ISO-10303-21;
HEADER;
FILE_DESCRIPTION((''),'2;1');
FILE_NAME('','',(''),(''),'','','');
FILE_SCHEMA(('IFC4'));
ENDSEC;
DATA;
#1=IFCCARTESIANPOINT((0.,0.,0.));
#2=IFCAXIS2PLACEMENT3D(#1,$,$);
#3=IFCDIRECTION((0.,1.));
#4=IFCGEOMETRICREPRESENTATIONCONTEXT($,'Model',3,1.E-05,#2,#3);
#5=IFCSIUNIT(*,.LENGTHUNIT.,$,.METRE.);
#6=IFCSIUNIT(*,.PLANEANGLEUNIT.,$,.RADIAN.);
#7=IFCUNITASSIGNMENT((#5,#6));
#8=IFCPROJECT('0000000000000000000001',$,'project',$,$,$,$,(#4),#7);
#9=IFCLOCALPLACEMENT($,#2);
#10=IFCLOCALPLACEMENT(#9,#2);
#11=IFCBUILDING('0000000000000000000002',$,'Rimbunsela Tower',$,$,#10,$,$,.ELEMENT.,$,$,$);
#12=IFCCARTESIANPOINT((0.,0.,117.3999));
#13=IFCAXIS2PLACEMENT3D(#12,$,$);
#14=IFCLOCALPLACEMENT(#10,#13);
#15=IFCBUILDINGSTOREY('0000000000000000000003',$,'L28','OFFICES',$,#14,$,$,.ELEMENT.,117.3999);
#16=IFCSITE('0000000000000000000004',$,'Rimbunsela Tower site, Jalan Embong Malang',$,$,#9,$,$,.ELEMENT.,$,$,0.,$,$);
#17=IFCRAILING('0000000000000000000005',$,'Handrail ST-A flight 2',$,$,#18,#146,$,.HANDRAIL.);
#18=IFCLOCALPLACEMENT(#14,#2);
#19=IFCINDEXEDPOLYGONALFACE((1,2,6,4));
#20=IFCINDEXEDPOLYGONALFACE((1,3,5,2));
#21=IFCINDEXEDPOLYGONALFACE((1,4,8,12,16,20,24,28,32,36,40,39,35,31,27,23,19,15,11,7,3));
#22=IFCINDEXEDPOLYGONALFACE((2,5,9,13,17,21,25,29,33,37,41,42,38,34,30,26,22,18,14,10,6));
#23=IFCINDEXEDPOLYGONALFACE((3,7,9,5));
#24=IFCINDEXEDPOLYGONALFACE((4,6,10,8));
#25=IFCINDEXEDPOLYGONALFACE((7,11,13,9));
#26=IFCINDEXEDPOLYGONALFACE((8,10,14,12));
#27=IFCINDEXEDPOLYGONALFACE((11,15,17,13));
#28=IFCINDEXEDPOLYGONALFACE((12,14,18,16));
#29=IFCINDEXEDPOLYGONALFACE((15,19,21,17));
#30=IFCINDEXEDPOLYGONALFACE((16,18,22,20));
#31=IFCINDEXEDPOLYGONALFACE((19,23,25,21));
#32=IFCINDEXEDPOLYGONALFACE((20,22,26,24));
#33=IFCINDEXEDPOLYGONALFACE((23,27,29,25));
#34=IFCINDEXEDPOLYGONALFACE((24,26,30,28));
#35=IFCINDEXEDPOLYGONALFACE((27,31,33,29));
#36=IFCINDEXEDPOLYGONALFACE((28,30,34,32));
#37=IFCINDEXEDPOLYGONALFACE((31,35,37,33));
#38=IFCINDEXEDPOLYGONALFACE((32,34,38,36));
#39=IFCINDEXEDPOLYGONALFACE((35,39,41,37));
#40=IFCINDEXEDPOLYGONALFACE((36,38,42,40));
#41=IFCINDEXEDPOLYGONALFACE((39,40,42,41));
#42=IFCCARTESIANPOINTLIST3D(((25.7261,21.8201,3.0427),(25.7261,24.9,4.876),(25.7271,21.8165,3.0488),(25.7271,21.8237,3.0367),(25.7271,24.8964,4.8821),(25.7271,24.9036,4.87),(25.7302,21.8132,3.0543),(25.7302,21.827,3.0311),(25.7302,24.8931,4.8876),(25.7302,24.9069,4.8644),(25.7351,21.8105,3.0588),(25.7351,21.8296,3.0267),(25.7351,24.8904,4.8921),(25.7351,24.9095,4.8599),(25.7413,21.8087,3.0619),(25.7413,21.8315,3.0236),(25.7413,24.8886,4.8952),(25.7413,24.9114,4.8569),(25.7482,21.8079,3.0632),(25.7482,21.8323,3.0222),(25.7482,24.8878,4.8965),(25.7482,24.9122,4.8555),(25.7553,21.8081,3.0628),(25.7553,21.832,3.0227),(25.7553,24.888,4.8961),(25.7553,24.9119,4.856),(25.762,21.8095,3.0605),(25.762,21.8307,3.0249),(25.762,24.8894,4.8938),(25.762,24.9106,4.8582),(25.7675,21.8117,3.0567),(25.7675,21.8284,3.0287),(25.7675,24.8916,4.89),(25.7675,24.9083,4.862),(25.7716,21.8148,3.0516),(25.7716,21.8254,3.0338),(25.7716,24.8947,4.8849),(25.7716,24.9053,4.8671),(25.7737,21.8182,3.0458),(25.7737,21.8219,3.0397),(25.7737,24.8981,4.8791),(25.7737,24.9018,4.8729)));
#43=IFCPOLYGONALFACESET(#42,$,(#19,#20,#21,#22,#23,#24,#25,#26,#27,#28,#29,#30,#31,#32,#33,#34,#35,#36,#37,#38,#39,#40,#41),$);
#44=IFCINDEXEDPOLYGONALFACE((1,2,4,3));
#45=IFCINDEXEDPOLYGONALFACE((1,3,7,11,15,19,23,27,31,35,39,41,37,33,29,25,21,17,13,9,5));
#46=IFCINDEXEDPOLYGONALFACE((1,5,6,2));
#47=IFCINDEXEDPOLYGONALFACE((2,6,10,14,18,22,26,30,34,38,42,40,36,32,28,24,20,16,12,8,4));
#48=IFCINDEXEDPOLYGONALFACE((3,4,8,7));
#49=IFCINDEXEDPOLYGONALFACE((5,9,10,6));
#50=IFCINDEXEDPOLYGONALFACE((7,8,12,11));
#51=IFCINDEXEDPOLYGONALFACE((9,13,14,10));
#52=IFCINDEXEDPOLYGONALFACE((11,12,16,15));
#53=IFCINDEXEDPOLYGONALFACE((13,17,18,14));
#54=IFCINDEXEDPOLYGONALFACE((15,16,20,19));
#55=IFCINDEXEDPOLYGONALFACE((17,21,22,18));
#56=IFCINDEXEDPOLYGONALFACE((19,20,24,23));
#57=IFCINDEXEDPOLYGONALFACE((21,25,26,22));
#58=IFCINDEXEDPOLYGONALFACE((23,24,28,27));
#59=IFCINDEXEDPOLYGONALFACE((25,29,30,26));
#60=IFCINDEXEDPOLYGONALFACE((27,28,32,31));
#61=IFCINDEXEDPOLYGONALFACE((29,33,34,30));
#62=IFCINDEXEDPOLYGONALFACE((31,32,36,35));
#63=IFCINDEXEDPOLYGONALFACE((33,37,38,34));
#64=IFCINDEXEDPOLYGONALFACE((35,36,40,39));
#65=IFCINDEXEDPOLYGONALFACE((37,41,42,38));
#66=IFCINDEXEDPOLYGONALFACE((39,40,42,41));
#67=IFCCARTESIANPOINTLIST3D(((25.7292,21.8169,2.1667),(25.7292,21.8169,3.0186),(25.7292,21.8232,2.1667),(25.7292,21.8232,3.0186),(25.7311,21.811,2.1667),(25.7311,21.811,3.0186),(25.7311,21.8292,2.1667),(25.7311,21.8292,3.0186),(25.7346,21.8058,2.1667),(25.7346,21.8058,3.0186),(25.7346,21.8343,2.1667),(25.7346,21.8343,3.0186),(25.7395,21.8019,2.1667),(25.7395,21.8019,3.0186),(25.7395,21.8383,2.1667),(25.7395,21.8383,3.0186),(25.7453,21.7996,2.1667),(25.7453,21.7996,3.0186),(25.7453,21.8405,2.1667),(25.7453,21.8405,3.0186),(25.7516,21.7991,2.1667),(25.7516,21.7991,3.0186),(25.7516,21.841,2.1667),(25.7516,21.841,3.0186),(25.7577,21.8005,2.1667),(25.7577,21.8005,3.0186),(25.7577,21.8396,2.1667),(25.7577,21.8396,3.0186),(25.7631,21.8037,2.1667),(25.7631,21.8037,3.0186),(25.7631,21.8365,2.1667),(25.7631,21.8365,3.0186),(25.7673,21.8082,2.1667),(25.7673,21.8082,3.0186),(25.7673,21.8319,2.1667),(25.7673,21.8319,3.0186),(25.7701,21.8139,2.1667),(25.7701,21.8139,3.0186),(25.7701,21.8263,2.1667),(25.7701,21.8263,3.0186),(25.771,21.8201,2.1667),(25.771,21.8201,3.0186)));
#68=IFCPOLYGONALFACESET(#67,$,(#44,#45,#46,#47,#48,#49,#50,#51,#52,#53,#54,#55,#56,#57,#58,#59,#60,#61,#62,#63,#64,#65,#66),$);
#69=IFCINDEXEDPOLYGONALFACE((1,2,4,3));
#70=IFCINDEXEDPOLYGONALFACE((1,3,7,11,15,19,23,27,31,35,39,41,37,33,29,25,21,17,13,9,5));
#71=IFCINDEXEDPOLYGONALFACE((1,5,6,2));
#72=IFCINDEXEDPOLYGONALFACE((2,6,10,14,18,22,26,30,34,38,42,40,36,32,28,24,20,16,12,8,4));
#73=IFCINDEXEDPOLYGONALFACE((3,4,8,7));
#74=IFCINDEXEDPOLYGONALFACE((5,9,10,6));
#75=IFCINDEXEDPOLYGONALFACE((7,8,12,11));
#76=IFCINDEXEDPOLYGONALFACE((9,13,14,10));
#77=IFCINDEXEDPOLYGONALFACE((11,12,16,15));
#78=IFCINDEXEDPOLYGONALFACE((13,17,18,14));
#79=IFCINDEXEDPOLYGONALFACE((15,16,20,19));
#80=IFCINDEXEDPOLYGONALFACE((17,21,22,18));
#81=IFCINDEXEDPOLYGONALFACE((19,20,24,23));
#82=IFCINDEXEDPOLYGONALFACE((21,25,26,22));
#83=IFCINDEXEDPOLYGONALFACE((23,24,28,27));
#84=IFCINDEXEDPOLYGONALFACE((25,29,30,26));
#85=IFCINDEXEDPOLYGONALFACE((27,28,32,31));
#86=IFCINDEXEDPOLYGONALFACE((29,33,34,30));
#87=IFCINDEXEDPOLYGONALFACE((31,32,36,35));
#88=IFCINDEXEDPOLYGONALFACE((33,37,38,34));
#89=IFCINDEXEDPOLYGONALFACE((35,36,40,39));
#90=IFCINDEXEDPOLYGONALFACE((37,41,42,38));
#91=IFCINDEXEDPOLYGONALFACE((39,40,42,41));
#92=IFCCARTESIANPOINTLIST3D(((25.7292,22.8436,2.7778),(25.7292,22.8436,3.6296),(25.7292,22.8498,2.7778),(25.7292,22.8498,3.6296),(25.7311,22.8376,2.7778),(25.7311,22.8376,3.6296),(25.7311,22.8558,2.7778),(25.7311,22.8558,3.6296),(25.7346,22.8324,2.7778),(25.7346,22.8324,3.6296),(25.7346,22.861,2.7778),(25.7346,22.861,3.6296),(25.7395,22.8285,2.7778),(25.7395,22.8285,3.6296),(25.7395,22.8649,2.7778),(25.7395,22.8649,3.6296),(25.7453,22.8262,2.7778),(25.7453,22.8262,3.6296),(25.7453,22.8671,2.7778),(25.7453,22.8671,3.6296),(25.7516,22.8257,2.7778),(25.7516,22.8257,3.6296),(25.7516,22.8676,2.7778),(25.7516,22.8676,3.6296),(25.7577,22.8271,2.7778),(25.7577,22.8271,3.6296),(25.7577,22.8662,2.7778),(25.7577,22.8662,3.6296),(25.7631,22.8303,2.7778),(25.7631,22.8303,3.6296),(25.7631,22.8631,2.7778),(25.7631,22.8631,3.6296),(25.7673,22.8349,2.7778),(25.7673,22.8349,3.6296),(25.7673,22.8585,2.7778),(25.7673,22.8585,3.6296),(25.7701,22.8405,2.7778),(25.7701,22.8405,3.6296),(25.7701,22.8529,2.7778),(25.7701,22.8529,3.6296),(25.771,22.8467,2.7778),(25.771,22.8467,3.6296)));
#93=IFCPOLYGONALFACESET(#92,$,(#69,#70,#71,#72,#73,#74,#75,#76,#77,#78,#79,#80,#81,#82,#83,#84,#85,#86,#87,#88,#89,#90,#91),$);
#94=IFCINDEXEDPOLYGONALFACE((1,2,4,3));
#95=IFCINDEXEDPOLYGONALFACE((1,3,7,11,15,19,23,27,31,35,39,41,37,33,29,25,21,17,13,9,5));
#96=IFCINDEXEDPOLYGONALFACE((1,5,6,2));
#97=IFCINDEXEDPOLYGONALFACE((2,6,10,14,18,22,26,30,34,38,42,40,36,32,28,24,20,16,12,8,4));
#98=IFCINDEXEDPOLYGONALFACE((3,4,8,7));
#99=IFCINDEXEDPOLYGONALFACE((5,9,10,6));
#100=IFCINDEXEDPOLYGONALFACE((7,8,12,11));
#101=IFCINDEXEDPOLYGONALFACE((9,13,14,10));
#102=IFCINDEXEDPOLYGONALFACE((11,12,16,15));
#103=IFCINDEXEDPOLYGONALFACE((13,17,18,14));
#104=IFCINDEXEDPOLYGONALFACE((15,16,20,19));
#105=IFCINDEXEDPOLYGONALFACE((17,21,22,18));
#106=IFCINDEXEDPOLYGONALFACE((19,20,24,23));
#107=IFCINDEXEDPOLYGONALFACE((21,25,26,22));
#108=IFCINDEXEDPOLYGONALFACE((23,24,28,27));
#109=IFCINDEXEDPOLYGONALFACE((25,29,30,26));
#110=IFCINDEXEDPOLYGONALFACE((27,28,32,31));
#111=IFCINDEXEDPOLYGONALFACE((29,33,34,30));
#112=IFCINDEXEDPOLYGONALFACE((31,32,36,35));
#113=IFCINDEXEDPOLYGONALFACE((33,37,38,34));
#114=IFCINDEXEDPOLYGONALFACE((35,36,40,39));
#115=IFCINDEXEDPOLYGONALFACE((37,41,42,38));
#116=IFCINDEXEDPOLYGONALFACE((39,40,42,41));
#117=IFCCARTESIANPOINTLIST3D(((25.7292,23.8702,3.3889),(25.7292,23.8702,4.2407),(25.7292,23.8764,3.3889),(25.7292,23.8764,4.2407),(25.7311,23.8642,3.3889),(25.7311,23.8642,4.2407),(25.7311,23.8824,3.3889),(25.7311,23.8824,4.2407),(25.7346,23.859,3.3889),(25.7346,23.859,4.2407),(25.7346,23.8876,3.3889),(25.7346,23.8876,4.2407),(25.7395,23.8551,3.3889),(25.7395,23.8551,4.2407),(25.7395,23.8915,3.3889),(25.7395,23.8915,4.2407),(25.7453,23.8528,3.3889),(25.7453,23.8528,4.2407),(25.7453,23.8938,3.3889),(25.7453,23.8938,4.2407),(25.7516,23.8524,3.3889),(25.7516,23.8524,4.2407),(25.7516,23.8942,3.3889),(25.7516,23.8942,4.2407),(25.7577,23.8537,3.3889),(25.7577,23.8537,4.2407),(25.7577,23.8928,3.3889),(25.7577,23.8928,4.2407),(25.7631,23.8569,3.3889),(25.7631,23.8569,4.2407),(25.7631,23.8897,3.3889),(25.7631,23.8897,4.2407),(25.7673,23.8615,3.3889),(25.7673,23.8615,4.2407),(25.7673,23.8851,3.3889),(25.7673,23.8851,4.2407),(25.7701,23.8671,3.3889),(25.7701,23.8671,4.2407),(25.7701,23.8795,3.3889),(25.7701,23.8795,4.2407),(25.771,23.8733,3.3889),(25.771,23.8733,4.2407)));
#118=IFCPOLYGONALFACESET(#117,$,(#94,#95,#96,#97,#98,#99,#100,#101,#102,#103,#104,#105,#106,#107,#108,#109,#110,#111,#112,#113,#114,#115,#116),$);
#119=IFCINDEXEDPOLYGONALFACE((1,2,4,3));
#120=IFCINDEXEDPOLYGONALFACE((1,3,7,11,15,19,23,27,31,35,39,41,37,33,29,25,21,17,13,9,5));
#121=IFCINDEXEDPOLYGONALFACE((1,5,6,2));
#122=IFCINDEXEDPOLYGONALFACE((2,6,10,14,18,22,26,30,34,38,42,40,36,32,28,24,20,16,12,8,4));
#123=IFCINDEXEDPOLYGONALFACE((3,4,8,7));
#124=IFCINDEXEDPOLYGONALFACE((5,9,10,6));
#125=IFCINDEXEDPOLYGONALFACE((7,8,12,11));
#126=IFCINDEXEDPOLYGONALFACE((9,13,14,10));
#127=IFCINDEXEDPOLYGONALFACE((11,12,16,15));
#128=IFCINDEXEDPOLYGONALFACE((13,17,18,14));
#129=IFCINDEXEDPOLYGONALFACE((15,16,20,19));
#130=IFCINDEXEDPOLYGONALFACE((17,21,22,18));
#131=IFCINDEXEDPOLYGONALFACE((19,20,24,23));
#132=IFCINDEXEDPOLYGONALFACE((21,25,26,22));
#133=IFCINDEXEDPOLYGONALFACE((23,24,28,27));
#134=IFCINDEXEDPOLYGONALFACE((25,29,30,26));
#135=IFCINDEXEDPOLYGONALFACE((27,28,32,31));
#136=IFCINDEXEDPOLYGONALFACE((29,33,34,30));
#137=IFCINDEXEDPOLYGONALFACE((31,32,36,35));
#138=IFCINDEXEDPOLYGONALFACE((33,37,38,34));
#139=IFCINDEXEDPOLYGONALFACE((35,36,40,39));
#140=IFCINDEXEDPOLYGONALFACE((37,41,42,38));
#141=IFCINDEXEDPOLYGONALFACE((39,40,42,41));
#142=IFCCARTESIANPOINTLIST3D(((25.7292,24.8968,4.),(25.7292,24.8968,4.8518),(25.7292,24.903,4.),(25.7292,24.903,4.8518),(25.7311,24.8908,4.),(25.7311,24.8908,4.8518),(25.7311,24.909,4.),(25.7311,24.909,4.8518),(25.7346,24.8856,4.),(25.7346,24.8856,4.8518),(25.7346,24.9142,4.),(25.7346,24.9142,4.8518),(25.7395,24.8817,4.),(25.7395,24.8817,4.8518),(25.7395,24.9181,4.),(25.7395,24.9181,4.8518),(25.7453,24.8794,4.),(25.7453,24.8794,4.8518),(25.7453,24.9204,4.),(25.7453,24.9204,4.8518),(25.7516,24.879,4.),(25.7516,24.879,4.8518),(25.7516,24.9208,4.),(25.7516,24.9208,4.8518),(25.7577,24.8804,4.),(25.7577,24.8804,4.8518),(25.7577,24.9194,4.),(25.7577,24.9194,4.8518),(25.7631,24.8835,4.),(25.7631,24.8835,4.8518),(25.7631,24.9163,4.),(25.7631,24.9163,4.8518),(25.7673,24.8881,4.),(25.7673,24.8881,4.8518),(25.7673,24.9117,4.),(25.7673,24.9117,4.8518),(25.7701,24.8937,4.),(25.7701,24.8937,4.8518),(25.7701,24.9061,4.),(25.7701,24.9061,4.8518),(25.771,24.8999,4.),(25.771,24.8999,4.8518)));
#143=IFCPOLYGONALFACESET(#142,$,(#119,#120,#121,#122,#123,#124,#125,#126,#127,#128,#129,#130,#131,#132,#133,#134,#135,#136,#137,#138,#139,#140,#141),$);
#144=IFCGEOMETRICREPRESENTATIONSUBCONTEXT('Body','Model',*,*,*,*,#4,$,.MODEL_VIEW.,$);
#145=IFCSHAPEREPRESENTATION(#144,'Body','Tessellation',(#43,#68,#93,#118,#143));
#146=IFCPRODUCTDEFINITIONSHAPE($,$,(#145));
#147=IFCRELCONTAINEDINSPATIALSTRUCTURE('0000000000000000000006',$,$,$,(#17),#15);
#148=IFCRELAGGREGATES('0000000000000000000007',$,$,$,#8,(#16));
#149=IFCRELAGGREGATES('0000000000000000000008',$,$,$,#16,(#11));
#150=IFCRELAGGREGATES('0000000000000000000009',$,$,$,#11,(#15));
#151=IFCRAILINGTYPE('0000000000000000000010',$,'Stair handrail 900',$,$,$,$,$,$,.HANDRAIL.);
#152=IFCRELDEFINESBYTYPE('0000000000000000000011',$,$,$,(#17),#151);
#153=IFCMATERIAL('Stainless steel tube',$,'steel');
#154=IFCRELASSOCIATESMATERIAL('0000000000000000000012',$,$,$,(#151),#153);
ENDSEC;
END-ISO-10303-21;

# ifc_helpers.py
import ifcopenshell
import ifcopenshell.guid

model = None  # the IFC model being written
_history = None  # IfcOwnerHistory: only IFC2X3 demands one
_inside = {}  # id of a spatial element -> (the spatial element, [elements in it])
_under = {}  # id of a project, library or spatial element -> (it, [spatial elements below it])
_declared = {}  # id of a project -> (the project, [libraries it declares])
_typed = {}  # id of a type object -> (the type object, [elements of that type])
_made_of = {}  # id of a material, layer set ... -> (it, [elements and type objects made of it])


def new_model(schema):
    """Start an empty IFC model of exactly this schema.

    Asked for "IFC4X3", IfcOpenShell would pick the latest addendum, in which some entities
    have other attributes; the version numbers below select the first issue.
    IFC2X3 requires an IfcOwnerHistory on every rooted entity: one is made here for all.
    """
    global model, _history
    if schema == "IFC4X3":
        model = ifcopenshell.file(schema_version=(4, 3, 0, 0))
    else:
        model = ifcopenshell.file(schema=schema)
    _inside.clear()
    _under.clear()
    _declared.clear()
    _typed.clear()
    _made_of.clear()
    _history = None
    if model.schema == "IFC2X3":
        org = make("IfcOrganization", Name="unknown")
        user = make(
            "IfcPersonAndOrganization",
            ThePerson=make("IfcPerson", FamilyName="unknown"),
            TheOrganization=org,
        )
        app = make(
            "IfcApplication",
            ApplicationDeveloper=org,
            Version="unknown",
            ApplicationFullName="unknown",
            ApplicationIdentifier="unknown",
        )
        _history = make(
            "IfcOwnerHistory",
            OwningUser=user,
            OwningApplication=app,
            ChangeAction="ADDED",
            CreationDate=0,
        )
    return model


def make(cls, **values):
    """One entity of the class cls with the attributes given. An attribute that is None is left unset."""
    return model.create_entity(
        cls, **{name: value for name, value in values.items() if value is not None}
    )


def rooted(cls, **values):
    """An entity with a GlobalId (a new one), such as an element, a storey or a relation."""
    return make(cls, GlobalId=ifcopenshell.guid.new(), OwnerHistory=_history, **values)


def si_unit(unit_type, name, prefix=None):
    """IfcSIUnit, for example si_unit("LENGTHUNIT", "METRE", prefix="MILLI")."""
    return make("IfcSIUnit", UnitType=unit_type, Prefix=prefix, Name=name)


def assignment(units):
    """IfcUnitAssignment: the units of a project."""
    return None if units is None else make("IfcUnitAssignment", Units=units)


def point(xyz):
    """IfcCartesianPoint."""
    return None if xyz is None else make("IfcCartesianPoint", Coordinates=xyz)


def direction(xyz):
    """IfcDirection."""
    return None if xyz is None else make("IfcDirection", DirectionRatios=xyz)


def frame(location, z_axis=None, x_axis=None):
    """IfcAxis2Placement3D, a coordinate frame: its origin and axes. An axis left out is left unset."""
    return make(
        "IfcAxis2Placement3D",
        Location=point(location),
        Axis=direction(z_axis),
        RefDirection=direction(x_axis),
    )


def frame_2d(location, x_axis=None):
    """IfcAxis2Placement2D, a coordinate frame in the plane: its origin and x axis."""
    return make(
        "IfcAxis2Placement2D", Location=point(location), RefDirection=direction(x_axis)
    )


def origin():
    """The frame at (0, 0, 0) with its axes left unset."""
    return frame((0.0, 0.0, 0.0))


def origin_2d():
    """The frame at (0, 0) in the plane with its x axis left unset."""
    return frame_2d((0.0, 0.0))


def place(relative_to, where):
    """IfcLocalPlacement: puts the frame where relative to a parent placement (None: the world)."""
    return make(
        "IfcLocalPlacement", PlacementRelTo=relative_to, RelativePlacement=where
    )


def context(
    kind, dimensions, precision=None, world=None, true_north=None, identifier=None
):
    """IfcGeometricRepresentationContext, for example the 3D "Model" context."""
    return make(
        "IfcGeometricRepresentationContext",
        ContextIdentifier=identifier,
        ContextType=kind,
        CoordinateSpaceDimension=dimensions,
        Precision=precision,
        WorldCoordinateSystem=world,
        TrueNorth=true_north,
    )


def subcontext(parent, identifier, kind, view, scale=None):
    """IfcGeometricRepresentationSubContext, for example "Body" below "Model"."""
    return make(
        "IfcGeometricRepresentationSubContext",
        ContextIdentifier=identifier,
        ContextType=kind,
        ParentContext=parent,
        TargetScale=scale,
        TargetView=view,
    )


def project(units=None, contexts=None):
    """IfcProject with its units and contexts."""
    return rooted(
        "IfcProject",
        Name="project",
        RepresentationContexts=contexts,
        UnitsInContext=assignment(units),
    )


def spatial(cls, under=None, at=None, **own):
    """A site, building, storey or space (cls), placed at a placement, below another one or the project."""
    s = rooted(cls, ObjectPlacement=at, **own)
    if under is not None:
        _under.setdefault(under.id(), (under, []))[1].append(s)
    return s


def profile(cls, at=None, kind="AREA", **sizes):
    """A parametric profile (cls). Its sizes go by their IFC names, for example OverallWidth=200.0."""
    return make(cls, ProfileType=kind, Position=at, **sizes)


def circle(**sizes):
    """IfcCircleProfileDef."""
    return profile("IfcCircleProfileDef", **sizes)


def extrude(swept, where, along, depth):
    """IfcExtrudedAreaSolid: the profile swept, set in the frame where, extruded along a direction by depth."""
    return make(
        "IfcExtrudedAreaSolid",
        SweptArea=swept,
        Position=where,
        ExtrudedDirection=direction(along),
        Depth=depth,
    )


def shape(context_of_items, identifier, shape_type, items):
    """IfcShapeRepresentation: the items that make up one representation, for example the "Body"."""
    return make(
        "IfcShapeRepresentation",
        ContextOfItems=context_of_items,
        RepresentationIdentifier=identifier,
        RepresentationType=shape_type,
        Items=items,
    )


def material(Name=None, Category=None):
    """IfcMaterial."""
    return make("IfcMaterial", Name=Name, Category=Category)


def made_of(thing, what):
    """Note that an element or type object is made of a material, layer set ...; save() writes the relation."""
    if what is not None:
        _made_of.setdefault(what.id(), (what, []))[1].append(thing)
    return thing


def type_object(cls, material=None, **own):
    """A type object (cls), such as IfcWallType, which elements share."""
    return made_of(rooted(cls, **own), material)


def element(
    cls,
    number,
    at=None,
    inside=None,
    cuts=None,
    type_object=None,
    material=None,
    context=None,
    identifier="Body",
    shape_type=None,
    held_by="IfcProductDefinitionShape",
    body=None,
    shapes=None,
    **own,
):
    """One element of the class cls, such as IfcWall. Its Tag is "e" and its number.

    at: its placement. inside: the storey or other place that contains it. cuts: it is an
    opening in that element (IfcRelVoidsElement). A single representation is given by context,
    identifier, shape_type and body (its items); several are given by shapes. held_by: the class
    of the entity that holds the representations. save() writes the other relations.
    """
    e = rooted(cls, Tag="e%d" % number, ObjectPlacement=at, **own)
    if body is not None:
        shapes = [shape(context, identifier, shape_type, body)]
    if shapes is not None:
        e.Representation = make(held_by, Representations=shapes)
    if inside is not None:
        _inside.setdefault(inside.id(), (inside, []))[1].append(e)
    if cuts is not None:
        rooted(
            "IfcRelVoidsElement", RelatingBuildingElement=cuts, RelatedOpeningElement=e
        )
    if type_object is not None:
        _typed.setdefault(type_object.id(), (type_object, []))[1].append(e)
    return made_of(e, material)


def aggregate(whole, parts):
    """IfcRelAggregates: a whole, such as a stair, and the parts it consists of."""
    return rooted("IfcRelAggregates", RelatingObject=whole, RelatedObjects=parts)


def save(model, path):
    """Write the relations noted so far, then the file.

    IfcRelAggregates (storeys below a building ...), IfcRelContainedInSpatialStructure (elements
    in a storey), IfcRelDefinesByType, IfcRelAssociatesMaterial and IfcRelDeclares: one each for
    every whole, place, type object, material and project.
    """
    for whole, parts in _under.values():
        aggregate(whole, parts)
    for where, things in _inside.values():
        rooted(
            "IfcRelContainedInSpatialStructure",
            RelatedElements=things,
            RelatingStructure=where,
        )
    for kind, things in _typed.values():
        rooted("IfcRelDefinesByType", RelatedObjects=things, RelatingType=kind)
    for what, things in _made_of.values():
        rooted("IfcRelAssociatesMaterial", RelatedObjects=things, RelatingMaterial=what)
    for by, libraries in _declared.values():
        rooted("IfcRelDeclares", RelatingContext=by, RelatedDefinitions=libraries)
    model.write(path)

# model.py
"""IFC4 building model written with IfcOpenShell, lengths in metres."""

from ifc_helpers import new_model, si_unit, direction, frame, origin, origin_2d, place, context, subcontext, project, spatial, circle, extrude, material, type_object, element, save


model = new_model("IFC4")

# Units and contexts
model_context = context("Model", 3, precision=1e-05, world=origin(), true_north=direction((0.0, 1.0)))
body_context = subcontext(model_context, "Body", "Model", "MODEL_VIEW")
ifc_project = project(units=[si_unit("LENGTHUNIT", "METRE"), si_unit("PLANEANGLEUNIT", "RADIAN")], contexts=[model_context])

# Site, building, storey
site_placement = place(None, origin())
site = spatial("IfcSite", under=ifc_project, at=site_placement, Name="Rimbunsela Tower site, Jalan Embong Malang", CompositionType="ELEMENT", RefElevation=0.0)
building_placement = place(site_placement, origin())
building = spatial("IfcBuilding", under=site, at=building_placement, Name="Rimbunsela Tower", CompositionType="ELEMENT")
storey_placement = place(building_placement, frame((0.0, 0.0, 117.3999)))
storey = spatial("IfcBuildingStorey", under=building, at=storey_placement, Name="L28", Description="OFFICES", CompositionType="ELEMENT", Elevation=117.3999)

# Railing
ifc_material_1 = material(Name="Stainless steel tube", Category="steel")
railing_type = type_object("IfcRailingType", Name="Stair handrail 900", PredefinedType="HANDRAIL", material=ifc_material_1)
railing_1_placement = place(storey_placement, frame((25.75, 21.8201, 2.1667)))
element("IfcRailing", 1, at=railing_1_placement, inside=storey, type_object=railing_type, Name="Handrail ST-A flight 2", PredefinedType="HANDRAIL", context=body_context, shape_type="SweptSolid", body=[
    extrude(circle(Radius=0.0239, at=origin_2d()), frame((0.0, 0.0, 0.876), z_axis=(0.0, 0.859291, 0.511487), x_axis=(-1.0, 0.0, 0.0)), (0.0, 0.0, 1.0), 3.5842),
    extrude(circle(Radius=0.021, at=origin_2d()), origin(), (0.0, 0.0, 1.0), 0.8518),
    extrude(circle(Radius=0.021, at=origin_2d()), frame((0.0, 1.0266, 0.6111)), (0.0, 0.0, 1.0), 0.8518),
    extrude(circle(Radius=0.021, at=origin_2d()), frame((0.0, 2.0532, 1.2222)), (0.0, 0.0, 1.0), 0.8518),
    extrude(circle(Radius=0.021, at=origin_2d()), frame((0.0, 3.0798, 1.8333)), (0.0, 0.0, 1.0), 0.8518),
])

save(model, "model.ifc")
